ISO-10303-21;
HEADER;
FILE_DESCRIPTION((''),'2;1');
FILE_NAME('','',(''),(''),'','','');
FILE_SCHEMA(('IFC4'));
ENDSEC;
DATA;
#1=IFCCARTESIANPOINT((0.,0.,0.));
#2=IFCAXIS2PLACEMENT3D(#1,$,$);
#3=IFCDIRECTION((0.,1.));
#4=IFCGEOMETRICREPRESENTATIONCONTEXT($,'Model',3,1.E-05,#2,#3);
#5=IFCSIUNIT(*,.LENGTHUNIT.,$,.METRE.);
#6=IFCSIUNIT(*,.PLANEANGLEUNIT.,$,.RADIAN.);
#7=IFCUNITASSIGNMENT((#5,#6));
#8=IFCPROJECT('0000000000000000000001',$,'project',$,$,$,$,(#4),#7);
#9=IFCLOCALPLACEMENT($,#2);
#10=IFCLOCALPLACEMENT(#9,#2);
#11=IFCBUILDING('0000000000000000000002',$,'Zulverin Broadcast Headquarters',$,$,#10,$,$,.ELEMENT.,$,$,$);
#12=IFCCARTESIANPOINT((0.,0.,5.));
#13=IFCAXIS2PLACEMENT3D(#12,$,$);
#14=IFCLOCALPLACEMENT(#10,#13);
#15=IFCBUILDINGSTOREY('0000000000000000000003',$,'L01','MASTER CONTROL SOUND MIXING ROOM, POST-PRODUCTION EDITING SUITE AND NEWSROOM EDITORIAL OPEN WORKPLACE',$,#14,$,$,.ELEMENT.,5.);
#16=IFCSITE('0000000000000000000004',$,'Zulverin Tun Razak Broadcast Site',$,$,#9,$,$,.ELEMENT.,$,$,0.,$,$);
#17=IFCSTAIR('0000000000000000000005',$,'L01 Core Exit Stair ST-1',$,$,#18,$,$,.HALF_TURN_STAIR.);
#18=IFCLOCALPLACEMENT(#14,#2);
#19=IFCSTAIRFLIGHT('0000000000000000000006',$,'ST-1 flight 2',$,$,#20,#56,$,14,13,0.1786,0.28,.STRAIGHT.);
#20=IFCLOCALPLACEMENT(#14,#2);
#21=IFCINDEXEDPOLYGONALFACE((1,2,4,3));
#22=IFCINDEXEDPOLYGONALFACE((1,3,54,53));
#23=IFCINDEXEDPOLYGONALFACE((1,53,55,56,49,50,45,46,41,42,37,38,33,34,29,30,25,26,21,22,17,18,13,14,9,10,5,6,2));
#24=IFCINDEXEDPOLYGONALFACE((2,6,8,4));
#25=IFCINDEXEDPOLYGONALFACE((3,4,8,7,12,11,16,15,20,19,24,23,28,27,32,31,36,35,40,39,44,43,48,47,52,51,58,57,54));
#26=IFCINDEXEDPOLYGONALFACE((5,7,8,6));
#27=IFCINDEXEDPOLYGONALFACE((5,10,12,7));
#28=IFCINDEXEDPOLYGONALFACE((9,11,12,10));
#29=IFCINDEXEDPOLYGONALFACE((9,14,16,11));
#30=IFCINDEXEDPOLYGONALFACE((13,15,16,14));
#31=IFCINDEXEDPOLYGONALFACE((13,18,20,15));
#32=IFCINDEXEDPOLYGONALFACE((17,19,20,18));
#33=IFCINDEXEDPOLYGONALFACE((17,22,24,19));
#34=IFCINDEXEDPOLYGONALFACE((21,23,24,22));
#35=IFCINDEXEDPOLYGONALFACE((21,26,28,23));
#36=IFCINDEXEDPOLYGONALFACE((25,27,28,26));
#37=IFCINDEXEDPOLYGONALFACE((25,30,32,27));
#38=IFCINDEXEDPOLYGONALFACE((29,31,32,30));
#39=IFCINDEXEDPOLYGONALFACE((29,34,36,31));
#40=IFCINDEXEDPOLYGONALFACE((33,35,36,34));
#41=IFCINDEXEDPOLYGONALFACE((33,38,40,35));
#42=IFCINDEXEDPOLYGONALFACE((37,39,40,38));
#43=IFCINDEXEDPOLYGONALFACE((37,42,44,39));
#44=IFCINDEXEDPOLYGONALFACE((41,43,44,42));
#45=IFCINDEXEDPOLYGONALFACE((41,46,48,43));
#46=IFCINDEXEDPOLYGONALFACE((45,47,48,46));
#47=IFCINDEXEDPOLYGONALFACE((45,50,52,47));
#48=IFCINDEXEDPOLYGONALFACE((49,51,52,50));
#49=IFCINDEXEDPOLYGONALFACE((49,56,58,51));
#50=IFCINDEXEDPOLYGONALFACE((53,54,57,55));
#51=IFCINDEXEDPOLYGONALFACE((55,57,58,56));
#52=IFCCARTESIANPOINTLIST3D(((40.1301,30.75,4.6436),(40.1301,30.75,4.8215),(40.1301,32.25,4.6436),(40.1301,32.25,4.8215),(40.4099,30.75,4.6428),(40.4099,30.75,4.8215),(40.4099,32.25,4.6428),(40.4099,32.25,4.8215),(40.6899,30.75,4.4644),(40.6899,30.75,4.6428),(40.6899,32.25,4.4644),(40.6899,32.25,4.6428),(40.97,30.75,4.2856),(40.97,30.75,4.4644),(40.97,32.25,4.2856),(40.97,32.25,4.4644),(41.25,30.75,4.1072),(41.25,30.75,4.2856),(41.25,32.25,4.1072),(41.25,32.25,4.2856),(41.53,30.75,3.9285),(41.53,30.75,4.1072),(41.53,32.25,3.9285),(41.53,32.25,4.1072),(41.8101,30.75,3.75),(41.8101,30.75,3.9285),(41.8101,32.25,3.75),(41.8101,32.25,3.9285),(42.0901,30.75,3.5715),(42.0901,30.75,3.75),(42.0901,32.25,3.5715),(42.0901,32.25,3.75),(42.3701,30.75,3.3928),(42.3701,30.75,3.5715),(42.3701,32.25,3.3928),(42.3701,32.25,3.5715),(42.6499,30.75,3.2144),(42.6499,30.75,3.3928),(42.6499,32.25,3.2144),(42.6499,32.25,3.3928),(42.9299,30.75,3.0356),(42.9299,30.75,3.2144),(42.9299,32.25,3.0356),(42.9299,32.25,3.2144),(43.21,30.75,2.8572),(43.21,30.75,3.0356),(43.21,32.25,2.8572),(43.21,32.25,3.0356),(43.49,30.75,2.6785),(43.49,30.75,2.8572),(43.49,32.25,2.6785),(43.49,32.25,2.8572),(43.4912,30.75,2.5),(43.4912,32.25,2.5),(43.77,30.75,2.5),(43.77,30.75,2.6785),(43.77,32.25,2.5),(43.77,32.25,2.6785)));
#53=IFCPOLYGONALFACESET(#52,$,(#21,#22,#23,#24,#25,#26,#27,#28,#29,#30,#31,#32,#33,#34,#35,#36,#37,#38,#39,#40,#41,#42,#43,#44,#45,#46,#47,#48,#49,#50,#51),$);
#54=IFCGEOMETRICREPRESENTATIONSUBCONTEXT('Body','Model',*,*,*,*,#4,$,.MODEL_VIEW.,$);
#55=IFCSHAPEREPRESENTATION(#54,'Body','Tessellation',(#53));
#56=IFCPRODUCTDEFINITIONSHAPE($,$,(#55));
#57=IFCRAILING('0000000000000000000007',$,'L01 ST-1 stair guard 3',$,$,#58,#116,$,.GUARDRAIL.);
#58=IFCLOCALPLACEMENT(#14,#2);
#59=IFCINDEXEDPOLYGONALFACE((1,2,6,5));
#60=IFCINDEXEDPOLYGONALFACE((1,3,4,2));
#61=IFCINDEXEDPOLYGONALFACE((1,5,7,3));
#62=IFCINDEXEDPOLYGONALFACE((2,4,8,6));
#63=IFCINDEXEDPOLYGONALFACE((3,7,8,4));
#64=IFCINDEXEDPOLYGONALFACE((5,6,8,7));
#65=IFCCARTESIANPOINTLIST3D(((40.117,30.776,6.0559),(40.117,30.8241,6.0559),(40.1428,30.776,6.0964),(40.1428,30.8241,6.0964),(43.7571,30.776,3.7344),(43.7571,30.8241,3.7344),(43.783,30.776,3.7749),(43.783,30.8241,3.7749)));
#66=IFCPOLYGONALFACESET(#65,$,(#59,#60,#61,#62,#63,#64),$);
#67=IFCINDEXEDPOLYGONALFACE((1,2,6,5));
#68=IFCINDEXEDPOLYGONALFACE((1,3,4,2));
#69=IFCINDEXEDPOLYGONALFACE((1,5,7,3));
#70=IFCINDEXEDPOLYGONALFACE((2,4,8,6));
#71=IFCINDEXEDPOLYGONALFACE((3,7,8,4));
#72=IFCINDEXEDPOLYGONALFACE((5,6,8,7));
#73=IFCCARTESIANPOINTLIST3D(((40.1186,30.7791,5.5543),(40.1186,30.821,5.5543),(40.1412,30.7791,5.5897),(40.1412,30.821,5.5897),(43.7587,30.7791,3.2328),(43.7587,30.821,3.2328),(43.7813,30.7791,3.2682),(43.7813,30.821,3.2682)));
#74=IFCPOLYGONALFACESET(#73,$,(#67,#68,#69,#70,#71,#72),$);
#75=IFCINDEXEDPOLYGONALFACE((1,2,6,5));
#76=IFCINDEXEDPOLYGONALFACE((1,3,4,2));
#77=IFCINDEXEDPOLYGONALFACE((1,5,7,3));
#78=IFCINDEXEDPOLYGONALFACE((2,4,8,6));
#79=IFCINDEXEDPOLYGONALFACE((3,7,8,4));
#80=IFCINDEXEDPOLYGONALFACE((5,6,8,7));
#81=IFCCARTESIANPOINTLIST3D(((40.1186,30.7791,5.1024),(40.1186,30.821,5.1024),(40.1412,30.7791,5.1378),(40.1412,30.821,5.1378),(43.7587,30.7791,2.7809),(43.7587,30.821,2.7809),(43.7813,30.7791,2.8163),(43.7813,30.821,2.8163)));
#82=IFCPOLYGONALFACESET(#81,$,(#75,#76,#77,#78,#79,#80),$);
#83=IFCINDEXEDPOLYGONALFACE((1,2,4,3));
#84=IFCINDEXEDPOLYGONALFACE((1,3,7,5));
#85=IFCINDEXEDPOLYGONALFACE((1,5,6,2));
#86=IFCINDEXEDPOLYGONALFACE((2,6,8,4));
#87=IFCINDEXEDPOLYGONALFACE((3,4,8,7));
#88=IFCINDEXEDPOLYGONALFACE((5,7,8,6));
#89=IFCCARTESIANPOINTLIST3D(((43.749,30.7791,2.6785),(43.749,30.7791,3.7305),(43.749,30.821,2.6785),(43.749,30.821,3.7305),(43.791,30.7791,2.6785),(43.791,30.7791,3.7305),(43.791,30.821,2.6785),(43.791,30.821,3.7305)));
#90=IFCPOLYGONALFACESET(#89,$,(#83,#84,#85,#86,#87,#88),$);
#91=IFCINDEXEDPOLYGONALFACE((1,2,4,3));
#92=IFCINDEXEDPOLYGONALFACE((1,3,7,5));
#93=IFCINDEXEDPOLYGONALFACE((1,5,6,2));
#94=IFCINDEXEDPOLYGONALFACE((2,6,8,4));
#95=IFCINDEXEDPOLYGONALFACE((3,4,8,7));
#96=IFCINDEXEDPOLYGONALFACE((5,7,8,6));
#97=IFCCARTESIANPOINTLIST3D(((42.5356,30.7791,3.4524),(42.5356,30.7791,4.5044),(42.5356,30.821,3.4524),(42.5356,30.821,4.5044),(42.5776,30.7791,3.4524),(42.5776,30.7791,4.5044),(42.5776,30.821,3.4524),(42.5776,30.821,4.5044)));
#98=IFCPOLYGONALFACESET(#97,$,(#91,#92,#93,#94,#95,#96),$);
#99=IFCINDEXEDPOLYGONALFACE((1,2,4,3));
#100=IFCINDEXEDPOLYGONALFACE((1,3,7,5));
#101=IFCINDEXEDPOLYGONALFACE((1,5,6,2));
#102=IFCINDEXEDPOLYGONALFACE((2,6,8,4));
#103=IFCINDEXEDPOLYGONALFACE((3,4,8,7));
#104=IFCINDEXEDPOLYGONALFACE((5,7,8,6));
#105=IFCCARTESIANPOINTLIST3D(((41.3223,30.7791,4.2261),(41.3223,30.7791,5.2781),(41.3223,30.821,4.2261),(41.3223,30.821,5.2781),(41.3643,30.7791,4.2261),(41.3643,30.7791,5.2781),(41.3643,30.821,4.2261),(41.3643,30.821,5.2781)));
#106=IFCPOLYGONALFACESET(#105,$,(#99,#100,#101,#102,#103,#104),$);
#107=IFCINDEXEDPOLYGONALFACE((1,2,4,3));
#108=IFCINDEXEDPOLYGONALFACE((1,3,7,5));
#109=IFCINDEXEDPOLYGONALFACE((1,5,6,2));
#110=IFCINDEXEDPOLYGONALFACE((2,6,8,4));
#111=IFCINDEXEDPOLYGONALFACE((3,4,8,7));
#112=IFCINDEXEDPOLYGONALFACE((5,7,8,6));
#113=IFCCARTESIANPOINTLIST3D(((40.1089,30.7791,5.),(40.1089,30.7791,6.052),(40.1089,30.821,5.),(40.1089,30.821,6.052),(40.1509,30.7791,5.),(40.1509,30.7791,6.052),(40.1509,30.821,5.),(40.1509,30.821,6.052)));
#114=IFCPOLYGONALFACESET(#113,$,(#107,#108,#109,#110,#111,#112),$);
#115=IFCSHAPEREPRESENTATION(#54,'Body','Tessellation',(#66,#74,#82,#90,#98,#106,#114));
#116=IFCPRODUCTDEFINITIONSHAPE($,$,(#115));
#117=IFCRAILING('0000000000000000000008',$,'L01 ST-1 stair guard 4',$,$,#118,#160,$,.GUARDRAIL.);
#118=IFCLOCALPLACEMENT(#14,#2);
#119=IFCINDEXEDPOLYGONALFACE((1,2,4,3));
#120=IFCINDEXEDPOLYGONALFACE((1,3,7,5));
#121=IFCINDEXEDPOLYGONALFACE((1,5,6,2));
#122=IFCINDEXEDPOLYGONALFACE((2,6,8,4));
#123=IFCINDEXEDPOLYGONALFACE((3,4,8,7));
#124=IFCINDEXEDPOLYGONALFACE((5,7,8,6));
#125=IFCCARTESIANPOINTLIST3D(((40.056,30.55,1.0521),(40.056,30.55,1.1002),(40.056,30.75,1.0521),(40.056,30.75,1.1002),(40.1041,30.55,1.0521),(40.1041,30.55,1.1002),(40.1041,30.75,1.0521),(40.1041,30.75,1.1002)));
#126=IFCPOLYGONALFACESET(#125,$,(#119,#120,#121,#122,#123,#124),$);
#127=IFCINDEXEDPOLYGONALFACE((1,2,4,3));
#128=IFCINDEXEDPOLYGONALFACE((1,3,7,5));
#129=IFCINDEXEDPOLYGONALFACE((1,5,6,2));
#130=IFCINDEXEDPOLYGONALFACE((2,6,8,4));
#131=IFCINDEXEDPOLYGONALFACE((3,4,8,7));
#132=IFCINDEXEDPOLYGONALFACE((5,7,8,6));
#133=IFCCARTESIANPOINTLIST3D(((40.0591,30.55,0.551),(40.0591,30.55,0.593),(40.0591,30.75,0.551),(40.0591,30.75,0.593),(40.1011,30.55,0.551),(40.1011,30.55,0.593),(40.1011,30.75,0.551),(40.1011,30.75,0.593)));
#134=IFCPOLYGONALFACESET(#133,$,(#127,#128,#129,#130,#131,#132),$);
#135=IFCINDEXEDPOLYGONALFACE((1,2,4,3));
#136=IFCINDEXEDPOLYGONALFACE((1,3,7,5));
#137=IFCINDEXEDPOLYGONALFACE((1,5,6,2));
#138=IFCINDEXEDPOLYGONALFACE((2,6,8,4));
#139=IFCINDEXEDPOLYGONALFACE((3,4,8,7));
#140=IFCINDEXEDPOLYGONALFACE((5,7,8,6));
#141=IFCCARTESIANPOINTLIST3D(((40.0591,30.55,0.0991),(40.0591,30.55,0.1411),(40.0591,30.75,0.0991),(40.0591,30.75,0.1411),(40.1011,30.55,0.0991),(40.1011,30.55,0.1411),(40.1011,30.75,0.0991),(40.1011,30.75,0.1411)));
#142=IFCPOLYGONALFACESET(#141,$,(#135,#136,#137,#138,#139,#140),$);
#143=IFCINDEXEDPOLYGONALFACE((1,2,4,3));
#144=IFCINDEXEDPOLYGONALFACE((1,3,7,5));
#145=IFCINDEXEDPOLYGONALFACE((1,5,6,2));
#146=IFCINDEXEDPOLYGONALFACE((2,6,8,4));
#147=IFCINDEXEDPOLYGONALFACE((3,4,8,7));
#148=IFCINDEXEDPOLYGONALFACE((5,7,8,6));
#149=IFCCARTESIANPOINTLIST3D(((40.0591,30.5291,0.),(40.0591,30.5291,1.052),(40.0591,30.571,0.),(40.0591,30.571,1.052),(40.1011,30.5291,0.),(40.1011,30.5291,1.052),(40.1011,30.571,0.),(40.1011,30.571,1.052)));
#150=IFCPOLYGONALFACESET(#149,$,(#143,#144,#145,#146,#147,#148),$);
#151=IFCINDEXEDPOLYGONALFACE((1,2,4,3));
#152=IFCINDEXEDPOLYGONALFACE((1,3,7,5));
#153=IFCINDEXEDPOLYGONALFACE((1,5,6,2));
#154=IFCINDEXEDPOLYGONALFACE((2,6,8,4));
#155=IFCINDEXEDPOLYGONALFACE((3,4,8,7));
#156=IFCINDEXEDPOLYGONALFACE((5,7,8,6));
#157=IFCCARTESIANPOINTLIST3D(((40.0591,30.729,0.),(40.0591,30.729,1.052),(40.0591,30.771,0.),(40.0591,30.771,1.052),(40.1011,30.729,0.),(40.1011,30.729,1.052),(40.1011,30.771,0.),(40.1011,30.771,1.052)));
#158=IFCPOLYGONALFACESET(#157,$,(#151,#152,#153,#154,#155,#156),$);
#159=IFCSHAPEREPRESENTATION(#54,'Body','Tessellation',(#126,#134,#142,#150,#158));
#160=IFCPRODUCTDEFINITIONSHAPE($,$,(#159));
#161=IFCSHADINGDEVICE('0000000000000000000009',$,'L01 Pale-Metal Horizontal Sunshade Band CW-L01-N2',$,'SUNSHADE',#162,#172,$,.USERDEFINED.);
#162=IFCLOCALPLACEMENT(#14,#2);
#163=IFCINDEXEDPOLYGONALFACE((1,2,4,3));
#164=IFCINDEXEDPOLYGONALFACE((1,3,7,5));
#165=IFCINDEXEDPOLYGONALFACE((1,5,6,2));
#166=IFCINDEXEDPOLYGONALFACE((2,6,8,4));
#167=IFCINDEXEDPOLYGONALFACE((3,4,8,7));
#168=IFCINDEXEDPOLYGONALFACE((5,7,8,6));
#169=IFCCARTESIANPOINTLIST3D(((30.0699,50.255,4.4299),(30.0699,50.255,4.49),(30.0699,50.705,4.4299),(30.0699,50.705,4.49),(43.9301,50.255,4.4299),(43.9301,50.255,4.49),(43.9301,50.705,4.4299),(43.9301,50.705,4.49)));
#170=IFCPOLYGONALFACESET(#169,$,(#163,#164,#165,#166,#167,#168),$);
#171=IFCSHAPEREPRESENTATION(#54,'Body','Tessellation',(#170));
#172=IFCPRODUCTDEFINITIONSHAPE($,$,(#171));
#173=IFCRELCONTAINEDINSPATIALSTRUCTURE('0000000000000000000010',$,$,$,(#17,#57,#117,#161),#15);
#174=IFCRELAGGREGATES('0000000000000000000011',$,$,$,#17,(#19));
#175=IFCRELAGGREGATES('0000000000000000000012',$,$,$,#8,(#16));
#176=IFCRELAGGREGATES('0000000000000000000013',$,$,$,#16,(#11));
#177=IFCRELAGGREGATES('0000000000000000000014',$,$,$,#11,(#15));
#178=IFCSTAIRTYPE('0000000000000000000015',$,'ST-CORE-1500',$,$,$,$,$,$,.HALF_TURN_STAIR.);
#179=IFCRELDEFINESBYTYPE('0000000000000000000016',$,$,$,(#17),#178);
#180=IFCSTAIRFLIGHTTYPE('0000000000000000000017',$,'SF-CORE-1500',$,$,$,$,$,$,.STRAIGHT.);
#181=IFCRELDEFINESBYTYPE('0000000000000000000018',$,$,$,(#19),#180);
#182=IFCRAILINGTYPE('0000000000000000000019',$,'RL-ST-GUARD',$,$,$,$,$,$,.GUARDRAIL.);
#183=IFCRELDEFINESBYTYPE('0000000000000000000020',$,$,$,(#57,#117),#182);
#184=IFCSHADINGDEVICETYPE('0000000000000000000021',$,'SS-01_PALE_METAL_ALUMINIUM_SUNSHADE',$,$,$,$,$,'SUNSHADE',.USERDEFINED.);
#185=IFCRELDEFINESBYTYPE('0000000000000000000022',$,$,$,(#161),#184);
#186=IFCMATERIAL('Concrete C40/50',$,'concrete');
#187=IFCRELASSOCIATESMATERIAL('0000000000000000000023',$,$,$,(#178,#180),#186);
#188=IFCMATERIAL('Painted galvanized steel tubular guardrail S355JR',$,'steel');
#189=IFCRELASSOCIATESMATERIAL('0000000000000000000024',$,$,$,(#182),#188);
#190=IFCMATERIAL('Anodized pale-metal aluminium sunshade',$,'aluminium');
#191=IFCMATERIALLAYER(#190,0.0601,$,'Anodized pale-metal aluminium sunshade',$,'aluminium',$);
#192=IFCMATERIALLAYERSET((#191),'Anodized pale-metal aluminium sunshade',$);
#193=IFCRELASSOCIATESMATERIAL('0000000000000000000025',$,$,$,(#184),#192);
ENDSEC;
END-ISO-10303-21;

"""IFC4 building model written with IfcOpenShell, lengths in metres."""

from ifc_helpers import new_model, si_unit, direction, frame, origin, origin_2d, place, context, subcontext, project, spatial, polyline, rectangle, outline, extrude, material, layer, layer_set, type_object, element, aggregate, save


model = new_model("IFC4")

# Units and contexts
model_context = context("Model", 3, precision=1e-05, world=origin(), true_north=direction((0.0, 1.0)))
body_context = subcontext(model_context, "Body", "Model", "MODEL_VIEW")
ifc_project = project(units=[si_unit("LENGTHUNIT", "METRE"), si_unit("PLANEANGLEUNIT", "RADIAN")], contexts=[model_context])

# Site, building, storey
site_placement = place(None, origin())
site = spatial("IfcSite", under=ifc_project, at=site_placement, Name="Zulverin Tun Razak Broadcast Site", CompositionType="ELEMENT", RefElevation=0.0)
building_placement = place(site_placement, origin())
building = spatial("IfcBuilding", under=site, at=building_placement, Name="Zulverin Broadcast Headquarters", CompositionType="ELEMENT")
storey_placement = place(building_placement, frame((0.0, 0.0, 5.0)))
storey = spatial("IfcBuildingStorey", under=building, at=storey_placement, Name="L01", Description="MASTER CONTROL SOUND MIXING ROOM, POST-PRODUCTION EDITING SUITE AND NEWSROOM EDITORIAL OPEN WORKPLACE", CompositionType="ELEMENT", Elevation=5.0)

# Stair, stair flight
ifc_material_1 = material(Name="Concrete C40/50", Category="concrete")
stair_type = type_object("IfcStairType", Name="ST-CORE-1500", PredefinedType="HALF_TURN_STAIR", material=ifc_material_1)
stair_placement = place(storey_placement, origin())
stair = element("IfcStair", 1, at=stair_placement, inside=storey, type_object=stair_type, Name="L01 Core Exit Stair ST-1", PredefinedType="HALF_TURN_STAIR")
stair_flight_type = type_object("IfcStairFlightType", Name="SF-CORE-1500", PredefinedType="STRAIGHT", material=ifc_material_1)
stair_flight_placement = place(storey_placement, frame((43.77, 31.5, 2.5), z_axis=(0.0, 0.0, 1.0), x_axis=(-1.0, 0.0, 0.0)))
stair_flight = element("IfcStairFlight", 2, at=stair_flight_placement, type_object=stair_flight_type, Name="ST-1 flight 2", NumberOfRisers=14, NumberOfTreads=13, PredefinedType="STRAIGHT", RiserHeight=0.1786, TreadLength=0.28, context=body_context, shape_type="SweptSolid", body=[
    extrude(outline(polyline([(0.0, 0.0), (0.0, 0.1785), (0.28, 0.1785), (0.28, 0.3572), (0.5601, 0.3572), (0.5601, 0.5356), (0.8401, 0.5356), (0.8401, 0.7144), (1.1201, 0.7144), (1.1201, 0.8928), (1.3999, 0.8928), (1.3999, 1.0715), (1.6799, 1.0715), (1.6799, 1.25), (1.96, 1.25), (1.96, 1.4285), (2.24, 1.4285), (2.24, 1.6072), (2.52, 1.6072), (2.52, 1.7856), (2.8, 1.7856), (2.8, 1.9644), (3.0801, 1.9644), (3.0801, 2.1428), (3.3601, 2.1428), (3.3601, 2.3215), (3.6399, 2.3215), (3.6399, 2.5), (3.6399, 2.1436), (0.2788, 0.0), (0.0, 0.0)])), frame((0.0, 0.75, 0.0), z_axis=(0.0, -1.0, 0.0), x_axis=(1.0, 0.0, 0.0)), (0.0, 0.0, 1.0), 1.5),
])
aggregate(stair, [stair_flight])

# Railings
ifc_material_2 = material(Name="Painted galvanized steel tubular guardrail S355JR", Category="steel")
railing_type = type_object("IfcRailingType", Name="RL-ST-GUARD", PredefinedType="GUARDRAIL", material=ifc_material_2)
railing_1_placement = place(storey_placement, frame((43.77, 30.8, 2.6785)))
element("IfcRailing", 3, at=railing_1_placement, inside=storey, type_object=railing_type, Name="L01 ST-1 stair guard 3", PredefinedType="GUARDRAIL", context=body_context, shape_type="SweptSolid", body=[
    extrude(rectangle(XDim=0.0481, YDim=0.0481, at=origin_2d()), frame((0.0, 0.0, 1.0762), z_axis=(-0.843128, 0.0, 0.537713), x_axis=(0.0, -1.0, 0.0)), (0.0, 0.0, 1.0), 4.3174),
    extrude(rectangle(XDim=0.042, YDim=0.042, at=origin_2d()), frame((0.0, 0.0, 0.572), z_axis=(-0.843128, 0.0, 0.537713), x_axis=(0.0, -1.0, 0.0)), (0.0, 0.0, 1.0), 4.3174),
    extrude(rectangle(XDim=0.042, YDim=0.042, at=origin_2d()), frame((0.0, 0.0, 0.1201), z_axis=(-0.843128, 0.0, 0.537713), x_axis=(0.0, -1.0, 0.0)), (0.0, 0.0, 1.0), 4.3174),
    extrude(rectangle(XDim=0.042, YDim=0.042, at=origin_2d()), origin(), (0.0, 0.0, 1.0), 1.052),
    extrude(rectangle(XDim=0.042, YDim=0.042, at=origin_2d()), frame((-1.2134, 0.0, 0.7739)), (0.0, 0.0, 1.0), 1.052),
    extrude(rectangle(XDim=0.042, YDim=0.042, at=origin_2d()), frame((-2.4268, 0.0, 1.5476)), (0.0, 0.0, 1.0), 1.052),
    extrude(rectangle(XDim=0.042, YDim=0.042, at=origin_2d()), frame((-3.6401, 0.0, 2.3215)), (0.0, 0.0, 1.0), 1.052),
])
railing_2_placement = place(storey_placement, frame((40.0801, 30.55, 0.0)))
element("IfcRailing", 4, at=railing_2_placement, inside=storey, type_object=railing_type, Name="L01 ST-1 stair guard 4", PredefinedType="GUARDRAIL", context=body_context, shape_type="SweptSolid", body=[
    extrude(rectangle(XDim=0.0481, YDim=0.0481, at=origin_2d()), frame((0.0, 0.0, 1.0762), z_axis=(0.0, 1.0, 0.0), x_axis=(-1.0, 0.0, 0.0)), (0.0, 0.0, 1.0), 0.2),
    extrude(rectangle(XDim=0.042, YDim=0.042, at=origin_2d()), frame((0.0, 0.0, 0.572), z_axis=(0.0, 1.0, 0.0), x_axis=(-1.0, 0.0, 0.0)), (0.0, 0.0, 1.0), 0.2),
    extrude(rectangle(XDim=0.042, YDim=0.042, at=origin_2d()), frame((0.0, 0.0, 0.1201), z_axis=(0.0, 1.0, 0.0), x_axis=(-1.0, 0.0, 0.0)), (0.0, 0.0, 1.0), 0.2),
    extrude(rectangle(XDim=0.042, YDim=0.042, at=origin_2d()), origin(), (0.0, 0.0, 1.0), 1.052),
    extrude(rectangle(XDim=0.042, YDim=0.042, at=origin_2d()), frame((0.0, 0.2, 0.0)), (0.0, 0.0, 1.0), 1.052),
])

# Shading device
ifc_material_3 = material(Name="Anodized pale-metal aluminium sunshade", Category="aluminium")
ifc_layer_1 = layer(ifc_material_3, 0.0601, Name="Anodized pale-metal aluminium sunshade", Category="aluminium")
ifc_layer_set_1 = layer_set([ifc_layer_1], Name="Anodized pale-metal aluminium sunshade")
shading_device_type = type_object("IfcShadingDeviceType", Name="SS-01_PALE_METAL_ALUMINIUM_SUNSHADE", ElementType="SUNSHADE", PredefinedType="USERDEFINED", material=ifc_layer_set_1)
shading_device_placement = place(storey_placement, frame((37.0, 50.48, 4.4299), z_axis=(0.0, 0.0, 1.0), x_axis=(-1.0, 0.0, 0.0)))
element("IfcShadingDevice", 5, at=shading_device_placement, inside=storey, type_object=shading_device_type, Name="L01 Pale-Metal Horizontal Sunshade Band CW-L01-N2", ObjectType="SUNSHADE", PredefinedType="USERDEFINED", context=body_context, shape_type="SweptSolid", body=[
    extrude(rectangle(XDim=13.8601, YDim=0.45, at=origin_2d()), origin(), (0.0, 0.0, 1.0), 0.0601),
])

save(model, "model.ifc")
